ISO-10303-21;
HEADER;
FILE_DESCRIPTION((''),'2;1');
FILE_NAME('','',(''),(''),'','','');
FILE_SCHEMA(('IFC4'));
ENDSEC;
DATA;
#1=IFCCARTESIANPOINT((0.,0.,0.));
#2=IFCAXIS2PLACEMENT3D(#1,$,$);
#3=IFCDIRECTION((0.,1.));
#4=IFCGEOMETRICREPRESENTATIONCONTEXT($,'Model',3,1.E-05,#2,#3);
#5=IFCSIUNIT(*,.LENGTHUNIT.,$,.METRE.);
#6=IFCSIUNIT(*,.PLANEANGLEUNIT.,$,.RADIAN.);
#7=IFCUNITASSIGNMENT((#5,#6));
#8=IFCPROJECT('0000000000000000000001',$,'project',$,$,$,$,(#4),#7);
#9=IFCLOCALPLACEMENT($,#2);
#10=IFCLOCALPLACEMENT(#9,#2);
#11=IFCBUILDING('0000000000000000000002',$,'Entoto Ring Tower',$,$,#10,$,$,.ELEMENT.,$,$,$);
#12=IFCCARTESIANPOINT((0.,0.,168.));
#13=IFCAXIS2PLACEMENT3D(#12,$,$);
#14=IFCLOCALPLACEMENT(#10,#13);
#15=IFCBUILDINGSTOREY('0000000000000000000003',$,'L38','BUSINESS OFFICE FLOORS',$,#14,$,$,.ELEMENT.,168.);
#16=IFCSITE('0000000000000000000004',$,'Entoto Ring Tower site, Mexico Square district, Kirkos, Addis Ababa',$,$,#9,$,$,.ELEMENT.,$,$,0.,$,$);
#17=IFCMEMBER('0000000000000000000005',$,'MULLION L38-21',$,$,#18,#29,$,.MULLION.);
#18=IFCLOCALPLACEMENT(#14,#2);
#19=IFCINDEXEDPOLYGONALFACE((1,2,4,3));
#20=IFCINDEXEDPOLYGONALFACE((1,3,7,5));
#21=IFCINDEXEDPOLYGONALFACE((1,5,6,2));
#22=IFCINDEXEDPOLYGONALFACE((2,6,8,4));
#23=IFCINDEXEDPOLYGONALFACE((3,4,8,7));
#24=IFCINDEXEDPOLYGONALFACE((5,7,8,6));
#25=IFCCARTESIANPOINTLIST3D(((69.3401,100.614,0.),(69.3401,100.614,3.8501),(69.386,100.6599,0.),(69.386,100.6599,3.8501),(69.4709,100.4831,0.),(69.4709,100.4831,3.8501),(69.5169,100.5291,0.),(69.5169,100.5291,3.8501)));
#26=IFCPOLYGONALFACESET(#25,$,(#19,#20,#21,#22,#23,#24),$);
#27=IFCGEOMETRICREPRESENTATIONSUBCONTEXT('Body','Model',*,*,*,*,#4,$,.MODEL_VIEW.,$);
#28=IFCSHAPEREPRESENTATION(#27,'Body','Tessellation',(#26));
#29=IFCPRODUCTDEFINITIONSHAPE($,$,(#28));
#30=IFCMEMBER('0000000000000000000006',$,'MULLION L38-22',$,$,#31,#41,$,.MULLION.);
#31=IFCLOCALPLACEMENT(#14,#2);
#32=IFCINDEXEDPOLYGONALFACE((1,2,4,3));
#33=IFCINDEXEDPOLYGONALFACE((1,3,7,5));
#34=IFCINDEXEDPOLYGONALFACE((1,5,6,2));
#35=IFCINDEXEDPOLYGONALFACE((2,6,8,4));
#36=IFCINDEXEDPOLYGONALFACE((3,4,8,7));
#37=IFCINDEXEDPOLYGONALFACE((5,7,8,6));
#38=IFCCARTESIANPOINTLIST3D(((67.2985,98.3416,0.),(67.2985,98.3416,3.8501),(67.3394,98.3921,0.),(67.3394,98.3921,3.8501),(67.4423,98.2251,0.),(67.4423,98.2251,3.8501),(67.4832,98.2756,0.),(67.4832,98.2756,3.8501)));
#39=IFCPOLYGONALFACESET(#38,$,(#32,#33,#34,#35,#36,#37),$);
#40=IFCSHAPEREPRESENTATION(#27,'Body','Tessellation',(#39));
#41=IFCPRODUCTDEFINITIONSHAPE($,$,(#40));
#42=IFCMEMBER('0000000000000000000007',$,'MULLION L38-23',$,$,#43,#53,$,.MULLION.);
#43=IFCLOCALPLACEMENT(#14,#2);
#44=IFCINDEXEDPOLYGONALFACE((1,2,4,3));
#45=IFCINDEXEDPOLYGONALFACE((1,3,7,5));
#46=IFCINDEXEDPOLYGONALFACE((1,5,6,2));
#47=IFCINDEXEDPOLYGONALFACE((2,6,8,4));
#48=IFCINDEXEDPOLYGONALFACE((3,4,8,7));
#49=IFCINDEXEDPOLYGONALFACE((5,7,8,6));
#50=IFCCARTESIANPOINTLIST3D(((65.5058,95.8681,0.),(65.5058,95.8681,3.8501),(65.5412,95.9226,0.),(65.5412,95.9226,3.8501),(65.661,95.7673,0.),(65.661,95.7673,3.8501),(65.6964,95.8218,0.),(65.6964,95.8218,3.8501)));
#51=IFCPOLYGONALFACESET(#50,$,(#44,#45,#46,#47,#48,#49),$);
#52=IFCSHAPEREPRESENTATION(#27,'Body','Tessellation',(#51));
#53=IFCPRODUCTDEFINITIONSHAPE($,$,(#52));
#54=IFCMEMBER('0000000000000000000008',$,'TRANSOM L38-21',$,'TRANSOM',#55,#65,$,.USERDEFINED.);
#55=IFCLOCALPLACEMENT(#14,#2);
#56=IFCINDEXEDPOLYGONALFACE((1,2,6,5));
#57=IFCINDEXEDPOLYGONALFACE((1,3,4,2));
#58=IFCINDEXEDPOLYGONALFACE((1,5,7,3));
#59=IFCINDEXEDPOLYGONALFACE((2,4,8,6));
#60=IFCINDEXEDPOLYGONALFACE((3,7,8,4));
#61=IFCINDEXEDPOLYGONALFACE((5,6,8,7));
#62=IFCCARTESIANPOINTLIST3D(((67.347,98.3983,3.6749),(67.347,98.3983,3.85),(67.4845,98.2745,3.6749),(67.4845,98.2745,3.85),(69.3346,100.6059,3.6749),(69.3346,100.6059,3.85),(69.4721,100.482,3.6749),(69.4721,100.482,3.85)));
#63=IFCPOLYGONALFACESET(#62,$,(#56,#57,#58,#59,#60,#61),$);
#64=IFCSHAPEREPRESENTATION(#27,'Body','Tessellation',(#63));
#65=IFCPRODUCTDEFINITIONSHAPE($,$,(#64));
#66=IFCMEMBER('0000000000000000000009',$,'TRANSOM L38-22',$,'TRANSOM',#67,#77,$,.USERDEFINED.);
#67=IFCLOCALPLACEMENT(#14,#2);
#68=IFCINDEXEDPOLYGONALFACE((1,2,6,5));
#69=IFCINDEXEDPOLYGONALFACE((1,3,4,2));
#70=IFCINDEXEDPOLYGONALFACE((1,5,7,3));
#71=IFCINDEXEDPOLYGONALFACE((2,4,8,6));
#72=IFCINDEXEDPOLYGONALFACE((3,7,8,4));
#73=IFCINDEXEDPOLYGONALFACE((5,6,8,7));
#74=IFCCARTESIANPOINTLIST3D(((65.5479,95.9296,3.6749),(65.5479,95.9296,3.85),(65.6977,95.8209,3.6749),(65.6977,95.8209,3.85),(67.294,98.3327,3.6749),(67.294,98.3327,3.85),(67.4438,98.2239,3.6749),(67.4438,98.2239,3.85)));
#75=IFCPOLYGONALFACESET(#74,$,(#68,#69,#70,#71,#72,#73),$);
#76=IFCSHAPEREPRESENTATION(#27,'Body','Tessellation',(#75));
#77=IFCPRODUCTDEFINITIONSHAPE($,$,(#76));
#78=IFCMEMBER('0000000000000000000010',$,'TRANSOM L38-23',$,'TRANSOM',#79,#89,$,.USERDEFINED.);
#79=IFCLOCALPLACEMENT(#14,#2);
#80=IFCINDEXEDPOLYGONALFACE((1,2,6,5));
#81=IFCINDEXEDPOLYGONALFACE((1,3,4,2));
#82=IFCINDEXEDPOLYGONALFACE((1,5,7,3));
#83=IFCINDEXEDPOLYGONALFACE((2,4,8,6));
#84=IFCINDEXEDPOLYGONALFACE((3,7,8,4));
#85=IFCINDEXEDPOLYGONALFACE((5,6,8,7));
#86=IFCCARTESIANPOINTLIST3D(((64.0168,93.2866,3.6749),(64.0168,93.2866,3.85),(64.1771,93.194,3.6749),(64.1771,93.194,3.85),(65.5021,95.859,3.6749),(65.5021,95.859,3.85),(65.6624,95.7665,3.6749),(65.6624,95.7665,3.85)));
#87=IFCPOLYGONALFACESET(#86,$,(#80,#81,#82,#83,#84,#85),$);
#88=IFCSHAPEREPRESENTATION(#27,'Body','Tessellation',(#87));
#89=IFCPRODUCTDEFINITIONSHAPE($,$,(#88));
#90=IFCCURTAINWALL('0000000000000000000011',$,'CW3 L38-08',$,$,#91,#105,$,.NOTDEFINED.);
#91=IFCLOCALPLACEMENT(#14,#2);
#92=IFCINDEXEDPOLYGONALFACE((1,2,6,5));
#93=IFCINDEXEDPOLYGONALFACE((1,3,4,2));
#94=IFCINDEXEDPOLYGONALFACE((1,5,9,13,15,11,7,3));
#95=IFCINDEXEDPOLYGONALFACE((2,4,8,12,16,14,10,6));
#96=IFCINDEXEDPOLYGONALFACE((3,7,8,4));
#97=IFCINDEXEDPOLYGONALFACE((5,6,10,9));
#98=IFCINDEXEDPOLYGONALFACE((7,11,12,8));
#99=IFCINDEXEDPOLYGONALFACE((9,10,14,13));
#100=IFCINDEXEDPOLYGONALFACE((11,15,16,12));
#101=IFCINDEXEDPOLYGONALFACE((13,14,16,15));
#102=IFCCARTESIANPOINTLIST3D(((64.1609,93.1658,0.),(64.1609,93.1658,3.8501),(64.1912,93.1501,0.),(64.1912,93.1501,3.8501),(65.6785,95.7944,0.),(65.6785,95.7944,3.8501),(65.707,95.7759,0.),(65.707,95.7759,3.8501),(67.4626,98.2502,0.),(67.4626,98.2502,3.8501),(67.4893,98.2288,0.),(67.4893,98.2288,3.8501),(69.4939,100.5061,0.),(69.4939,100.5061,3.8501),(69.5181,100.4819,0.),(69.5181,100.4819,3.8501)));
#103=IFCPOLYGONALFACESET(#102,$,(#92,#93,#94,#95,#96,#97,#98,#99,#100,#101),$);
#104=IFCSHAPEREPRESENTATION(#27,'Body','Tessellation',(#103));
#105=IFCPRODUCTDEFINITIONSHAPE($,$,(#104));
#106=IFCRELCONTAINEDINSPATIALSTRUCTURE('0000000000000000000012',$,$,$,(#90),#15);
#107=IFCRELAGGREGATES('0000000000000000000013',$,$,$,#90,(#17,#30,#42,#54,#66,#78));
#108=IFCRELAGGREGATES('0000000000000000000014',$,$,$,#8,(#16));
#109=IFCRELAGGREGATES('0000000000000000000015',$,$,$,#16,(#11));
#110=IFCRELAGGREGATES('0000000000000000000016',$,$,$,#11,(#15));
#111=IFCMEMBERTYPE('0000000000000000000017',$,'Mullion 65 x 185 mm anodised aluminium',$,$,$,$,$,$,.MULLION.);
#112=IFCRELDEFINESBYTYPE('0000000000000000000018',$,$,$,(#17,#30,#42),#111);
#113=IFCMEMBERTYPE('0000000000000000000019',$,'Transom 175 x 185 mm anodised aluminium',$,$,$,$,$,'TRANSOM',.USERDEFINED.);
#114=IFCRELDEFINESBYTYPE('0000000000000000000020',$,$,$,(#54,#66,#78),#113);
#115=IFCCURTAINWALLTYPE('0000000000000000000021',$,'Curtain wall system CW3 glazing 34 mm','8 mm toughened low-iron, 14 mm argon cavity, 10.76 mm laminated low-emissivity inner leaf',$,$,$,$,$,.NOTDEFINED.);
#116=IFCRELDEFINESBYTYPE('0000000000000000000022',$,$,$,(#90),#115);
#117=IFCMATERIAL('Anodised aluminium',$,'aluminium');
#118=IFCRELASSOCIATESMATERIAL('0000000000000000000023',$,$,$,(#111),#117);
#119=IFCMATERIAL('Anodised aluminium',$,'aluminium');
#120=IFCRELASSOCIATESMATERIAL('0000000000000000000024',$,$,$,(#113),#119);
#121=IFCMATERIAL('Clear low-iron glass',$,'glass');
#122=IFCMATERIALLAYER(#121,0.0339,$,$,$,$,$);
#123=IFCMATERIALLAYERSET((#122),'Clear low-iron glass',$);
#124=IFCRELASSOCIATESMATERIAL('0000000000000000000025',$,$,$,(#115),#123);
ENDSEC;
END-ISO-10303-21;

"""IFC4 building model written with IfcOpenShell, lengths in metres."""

from ifc_helpers import new_model, si_unit, direction, frame, origin, origin_2d, place, context, subcontext, project, spatial, polyline, rectangle, outline, extrude, material, layer, layer_set, material_profile, profile_set, type_object, element, aggregate, save


model = new_model("IFC4")

# Units and contexts
model_context = context("Model", 3, precision=1e-05, world=origin(), true_north=direction((0.0, 1.0)))
body_context = subcontext(model_context, "Body", "Model", "MODEL_VIEW")
ifc_project = project(units=[si_unit("LENGTHUNIT", "METRE"), si_unit("PLANEANGLEUNIT", "RADIAN")], contexts=[model_context])

# Members
ifc_material_1 = material(Name="Anodised aluminium", Category="aluminium")
ifc_material_profile_1 = material_profile(ifc_material_1, rectangle(XDim=0.0649, YDim=0.1851, at=origin_2d()), Name="Mullion 65 x 185 mm anodised aluminium")
ifc_profile_set_1 = profile_set([ifc_material_profile_1], Name="Anodised aluminium")
member_type_1 = type_object("IfcMemberType", Name="Mullion 65 x 185 mm anodised aluminium", PredefinedType="MULLION", material=ifc_profile_set_1)
site_placement = place(None, origin())
building_placement = place(site_placement, origin())
storey_placement = place(building_placement, frame((0.0, 0.0, 168.0)))
member_1_placement = place(storey_placement, frame((69.4285, 100.5715, 0.0), z_axis=(0.0, 0.0, 1.0), x_axis=(-0.707107, -0.707107, 0.0)))
member_1 = element("IfcMember", 1, at=member_1_placement, type_object=member_type_1, Name="MULLION L38-21", PredefinedType="MULLION", context=body_context, shape_type="SweptSolid", body=[
    extrude(rectangle(XDim=0.0649, YDim=0.1851, at=origin_2d()), origin(), (0.0, 0.0, 1.0), 3.8501),
])
member_2_placement = place(storey_placement, frame((67.3909, 98.3086, 0.0), z_axis=(0.0, 0.0, 1.0), x_axis=(-0.62932, -0.777146, 0.0)))
member_2 = element("IfcMember", 2, at=member_2_placement, type_object=member_type_1, Name="MULLION L38-22", PredefinedType="MULLION", context=body_context, shape_type="SweptSolid", body=[
    extrude(rectangle(XDim=0.0649, YDim=0.1851, at=origin_2d()), origin(), (0.0, 0.0, 1.0), 3.8501),
])
member_3_placement = place(storey_placement, frame((65.6011, 95.845, 0.0), z_axis=(0.0, 0.0, 1.0), x_axis=(-0.544639, -0.838671, 0.0)))
member_3 = element("IfcMember", 3, at=member_3_placement, type_object=member_type_1, Name="MULLION L38-23", PredefinedType="MULLION", context=body_context, shape_type="SweptSolid", body=[
    extrude(rectangle(XDim=0.0649, YDim=0.1851, at=origin_2d()), origin(), (0.0, 0.0, 1.0), 3.8501),
])
ifc_material_2 = material(Name="Anodised aluminium", Category="aluminium")
ifc_material_profile_2 = material_profile(ifc_material_2, rectangle(XDim=0.1851, YDim=0.175, at=origin_2d()), Name="Transom 175 x 185 mm anodised aluminium")
ifc_profile_set_2 = profile_set([ifc_material_profile_2], Name="Anodised aluminium")
member_type_2 = type_object("IfcMemberType", Name="Transom 175 x 185 mm anodised aluminium", ElementType="TRANSOM", PredefinedType="USERDEFINED", material=ifc_profile_set_2)
member_4_placement = place(storey_placement, frame((69.4033, 100.5439, 3.7625), z_axis=(-0.66911, -0.743163, 0.0), x_axis=(0.743163, -0.66911, 0.0)))
member_4 = element("IfcMember", 4, at=member_4_placement, type_object=member_type_2, Name="TRANSOM L38-21", ObjectType="TRANSOM", PredefinedType="USERDEFINED", context=body_context, shape_type="SweptSolid", body=[
    extrude(rectangle(XDim=0.1851, YDim=0.175, at=origin_2d()), origin(), (0.0, 0.0, 1.0), 2.9705),
])
member_5_placement = place(storey_placement, frame((67.3689, 98.2783, 3.7625), z_axis=(-0.58782, -0.808992, 0.0), x_axis=(0.808992, -0.58782, 0.0)))
member_5 = element("IfcMember", 5, at=member_5_placement, type_object=member_type_2, Name="TRANSOM L38-22", ObjectType="TRANSOM", PredefinedType="USERDEFINED", context=body_context, shape_type="SweptSolid", body=[
    extrude(rectangle(XDim=0.1851, YDim=0.175, at=origin_2d()), origin(), (0.0, 0.0, 1.0), 2.9705),
])
member_6_placement = place(storey_placement, frame((65.5823, 95.8127, 3.7625), z_axis=(-0.500028, -0.866009, 0.0), x_axis=(0.866009, -0.500028, 0.0)))
member_6 = element("IfcMember", 6, at=member_6_placement, type_object=member_type_2, Name="TRANSOM L38-23", ObjectType="TRANSOM", PredefinedType="USERDEFINED", context=body_context, shape_type="SweptSolid", body=[
    extrude(rectangle(XDim=0.1851, YDim=0.175, at=origin_2d()), origin(), (0.0, 0.0, 1.0), 2.9705),
])

# Site, building, storey
site = spatial("IfcSite", under=ifc_project, at=site_placement, Name="Entoto Ring Tower site, Mexico Square district, Kirkos, Addis Ababa", CompositionType="ELEMENT", RefElevation=0.0)
building = spatial("IfcBuilding", under=site, at=building_placement, Name="Entoto Ring Tower", CompositionType="ELEMENT")
storey = spatial("IfcBuildingStorey", under=building, at=storey_placement, Name="L38", Description="BUSINESS OFFICE FLOORS", CompositionType="ELEMENT", Elevation=168.0)

# Curtain wall
ifc_material_3 = material(Name="Clear low-iron glass", Category="glass")
ifc_layer = layer(ifc_material_3, 0.0339)
ifc_layer_set = layer_set([ifc_layer], Name="Clear low-iron glass")
curtain_wall_type = type_object("IfcCurtainWallType", Name="Curtain wall system CW3 glazing 34 mm", Description="8 mm toughened low-iron, 14 mm argon cavity, 10.76 mm laminated low-emissivity inner leaf", PredefinedType="NOTDEFINED", material=ifc_layer_set)
curtain_wall_1_placement = place(storey_placement, origin())
curtain_wall_1 = element("IfcCurtainWall", 7, at=curtain_wall_1_placement, inside=storey, type_object=curtain_wall_type, Name="CW3 L38-08", PredefinedType="NOTDEFINED", context=body_context, shape_type="SweptSolid", body=[
    extrude(outline(polyline([(69.4939, 100.5061), (67.4626, 98.2502), (65.6785, 95.7944), (64.1609, 93.1658), (64.1912, 93.1501), (65.707, 95.7759), (67.4893, 98.2288), (69.5181, 100.4819), (69.4939, 100.5061)])), origin(), (0.0, 0.0, 1.0), 3.8501),
])
aggregate(curtain_wall_1, [member_1, member_2, member_3, member_4, member_5, member_6])

save(model, "model.ifc")
